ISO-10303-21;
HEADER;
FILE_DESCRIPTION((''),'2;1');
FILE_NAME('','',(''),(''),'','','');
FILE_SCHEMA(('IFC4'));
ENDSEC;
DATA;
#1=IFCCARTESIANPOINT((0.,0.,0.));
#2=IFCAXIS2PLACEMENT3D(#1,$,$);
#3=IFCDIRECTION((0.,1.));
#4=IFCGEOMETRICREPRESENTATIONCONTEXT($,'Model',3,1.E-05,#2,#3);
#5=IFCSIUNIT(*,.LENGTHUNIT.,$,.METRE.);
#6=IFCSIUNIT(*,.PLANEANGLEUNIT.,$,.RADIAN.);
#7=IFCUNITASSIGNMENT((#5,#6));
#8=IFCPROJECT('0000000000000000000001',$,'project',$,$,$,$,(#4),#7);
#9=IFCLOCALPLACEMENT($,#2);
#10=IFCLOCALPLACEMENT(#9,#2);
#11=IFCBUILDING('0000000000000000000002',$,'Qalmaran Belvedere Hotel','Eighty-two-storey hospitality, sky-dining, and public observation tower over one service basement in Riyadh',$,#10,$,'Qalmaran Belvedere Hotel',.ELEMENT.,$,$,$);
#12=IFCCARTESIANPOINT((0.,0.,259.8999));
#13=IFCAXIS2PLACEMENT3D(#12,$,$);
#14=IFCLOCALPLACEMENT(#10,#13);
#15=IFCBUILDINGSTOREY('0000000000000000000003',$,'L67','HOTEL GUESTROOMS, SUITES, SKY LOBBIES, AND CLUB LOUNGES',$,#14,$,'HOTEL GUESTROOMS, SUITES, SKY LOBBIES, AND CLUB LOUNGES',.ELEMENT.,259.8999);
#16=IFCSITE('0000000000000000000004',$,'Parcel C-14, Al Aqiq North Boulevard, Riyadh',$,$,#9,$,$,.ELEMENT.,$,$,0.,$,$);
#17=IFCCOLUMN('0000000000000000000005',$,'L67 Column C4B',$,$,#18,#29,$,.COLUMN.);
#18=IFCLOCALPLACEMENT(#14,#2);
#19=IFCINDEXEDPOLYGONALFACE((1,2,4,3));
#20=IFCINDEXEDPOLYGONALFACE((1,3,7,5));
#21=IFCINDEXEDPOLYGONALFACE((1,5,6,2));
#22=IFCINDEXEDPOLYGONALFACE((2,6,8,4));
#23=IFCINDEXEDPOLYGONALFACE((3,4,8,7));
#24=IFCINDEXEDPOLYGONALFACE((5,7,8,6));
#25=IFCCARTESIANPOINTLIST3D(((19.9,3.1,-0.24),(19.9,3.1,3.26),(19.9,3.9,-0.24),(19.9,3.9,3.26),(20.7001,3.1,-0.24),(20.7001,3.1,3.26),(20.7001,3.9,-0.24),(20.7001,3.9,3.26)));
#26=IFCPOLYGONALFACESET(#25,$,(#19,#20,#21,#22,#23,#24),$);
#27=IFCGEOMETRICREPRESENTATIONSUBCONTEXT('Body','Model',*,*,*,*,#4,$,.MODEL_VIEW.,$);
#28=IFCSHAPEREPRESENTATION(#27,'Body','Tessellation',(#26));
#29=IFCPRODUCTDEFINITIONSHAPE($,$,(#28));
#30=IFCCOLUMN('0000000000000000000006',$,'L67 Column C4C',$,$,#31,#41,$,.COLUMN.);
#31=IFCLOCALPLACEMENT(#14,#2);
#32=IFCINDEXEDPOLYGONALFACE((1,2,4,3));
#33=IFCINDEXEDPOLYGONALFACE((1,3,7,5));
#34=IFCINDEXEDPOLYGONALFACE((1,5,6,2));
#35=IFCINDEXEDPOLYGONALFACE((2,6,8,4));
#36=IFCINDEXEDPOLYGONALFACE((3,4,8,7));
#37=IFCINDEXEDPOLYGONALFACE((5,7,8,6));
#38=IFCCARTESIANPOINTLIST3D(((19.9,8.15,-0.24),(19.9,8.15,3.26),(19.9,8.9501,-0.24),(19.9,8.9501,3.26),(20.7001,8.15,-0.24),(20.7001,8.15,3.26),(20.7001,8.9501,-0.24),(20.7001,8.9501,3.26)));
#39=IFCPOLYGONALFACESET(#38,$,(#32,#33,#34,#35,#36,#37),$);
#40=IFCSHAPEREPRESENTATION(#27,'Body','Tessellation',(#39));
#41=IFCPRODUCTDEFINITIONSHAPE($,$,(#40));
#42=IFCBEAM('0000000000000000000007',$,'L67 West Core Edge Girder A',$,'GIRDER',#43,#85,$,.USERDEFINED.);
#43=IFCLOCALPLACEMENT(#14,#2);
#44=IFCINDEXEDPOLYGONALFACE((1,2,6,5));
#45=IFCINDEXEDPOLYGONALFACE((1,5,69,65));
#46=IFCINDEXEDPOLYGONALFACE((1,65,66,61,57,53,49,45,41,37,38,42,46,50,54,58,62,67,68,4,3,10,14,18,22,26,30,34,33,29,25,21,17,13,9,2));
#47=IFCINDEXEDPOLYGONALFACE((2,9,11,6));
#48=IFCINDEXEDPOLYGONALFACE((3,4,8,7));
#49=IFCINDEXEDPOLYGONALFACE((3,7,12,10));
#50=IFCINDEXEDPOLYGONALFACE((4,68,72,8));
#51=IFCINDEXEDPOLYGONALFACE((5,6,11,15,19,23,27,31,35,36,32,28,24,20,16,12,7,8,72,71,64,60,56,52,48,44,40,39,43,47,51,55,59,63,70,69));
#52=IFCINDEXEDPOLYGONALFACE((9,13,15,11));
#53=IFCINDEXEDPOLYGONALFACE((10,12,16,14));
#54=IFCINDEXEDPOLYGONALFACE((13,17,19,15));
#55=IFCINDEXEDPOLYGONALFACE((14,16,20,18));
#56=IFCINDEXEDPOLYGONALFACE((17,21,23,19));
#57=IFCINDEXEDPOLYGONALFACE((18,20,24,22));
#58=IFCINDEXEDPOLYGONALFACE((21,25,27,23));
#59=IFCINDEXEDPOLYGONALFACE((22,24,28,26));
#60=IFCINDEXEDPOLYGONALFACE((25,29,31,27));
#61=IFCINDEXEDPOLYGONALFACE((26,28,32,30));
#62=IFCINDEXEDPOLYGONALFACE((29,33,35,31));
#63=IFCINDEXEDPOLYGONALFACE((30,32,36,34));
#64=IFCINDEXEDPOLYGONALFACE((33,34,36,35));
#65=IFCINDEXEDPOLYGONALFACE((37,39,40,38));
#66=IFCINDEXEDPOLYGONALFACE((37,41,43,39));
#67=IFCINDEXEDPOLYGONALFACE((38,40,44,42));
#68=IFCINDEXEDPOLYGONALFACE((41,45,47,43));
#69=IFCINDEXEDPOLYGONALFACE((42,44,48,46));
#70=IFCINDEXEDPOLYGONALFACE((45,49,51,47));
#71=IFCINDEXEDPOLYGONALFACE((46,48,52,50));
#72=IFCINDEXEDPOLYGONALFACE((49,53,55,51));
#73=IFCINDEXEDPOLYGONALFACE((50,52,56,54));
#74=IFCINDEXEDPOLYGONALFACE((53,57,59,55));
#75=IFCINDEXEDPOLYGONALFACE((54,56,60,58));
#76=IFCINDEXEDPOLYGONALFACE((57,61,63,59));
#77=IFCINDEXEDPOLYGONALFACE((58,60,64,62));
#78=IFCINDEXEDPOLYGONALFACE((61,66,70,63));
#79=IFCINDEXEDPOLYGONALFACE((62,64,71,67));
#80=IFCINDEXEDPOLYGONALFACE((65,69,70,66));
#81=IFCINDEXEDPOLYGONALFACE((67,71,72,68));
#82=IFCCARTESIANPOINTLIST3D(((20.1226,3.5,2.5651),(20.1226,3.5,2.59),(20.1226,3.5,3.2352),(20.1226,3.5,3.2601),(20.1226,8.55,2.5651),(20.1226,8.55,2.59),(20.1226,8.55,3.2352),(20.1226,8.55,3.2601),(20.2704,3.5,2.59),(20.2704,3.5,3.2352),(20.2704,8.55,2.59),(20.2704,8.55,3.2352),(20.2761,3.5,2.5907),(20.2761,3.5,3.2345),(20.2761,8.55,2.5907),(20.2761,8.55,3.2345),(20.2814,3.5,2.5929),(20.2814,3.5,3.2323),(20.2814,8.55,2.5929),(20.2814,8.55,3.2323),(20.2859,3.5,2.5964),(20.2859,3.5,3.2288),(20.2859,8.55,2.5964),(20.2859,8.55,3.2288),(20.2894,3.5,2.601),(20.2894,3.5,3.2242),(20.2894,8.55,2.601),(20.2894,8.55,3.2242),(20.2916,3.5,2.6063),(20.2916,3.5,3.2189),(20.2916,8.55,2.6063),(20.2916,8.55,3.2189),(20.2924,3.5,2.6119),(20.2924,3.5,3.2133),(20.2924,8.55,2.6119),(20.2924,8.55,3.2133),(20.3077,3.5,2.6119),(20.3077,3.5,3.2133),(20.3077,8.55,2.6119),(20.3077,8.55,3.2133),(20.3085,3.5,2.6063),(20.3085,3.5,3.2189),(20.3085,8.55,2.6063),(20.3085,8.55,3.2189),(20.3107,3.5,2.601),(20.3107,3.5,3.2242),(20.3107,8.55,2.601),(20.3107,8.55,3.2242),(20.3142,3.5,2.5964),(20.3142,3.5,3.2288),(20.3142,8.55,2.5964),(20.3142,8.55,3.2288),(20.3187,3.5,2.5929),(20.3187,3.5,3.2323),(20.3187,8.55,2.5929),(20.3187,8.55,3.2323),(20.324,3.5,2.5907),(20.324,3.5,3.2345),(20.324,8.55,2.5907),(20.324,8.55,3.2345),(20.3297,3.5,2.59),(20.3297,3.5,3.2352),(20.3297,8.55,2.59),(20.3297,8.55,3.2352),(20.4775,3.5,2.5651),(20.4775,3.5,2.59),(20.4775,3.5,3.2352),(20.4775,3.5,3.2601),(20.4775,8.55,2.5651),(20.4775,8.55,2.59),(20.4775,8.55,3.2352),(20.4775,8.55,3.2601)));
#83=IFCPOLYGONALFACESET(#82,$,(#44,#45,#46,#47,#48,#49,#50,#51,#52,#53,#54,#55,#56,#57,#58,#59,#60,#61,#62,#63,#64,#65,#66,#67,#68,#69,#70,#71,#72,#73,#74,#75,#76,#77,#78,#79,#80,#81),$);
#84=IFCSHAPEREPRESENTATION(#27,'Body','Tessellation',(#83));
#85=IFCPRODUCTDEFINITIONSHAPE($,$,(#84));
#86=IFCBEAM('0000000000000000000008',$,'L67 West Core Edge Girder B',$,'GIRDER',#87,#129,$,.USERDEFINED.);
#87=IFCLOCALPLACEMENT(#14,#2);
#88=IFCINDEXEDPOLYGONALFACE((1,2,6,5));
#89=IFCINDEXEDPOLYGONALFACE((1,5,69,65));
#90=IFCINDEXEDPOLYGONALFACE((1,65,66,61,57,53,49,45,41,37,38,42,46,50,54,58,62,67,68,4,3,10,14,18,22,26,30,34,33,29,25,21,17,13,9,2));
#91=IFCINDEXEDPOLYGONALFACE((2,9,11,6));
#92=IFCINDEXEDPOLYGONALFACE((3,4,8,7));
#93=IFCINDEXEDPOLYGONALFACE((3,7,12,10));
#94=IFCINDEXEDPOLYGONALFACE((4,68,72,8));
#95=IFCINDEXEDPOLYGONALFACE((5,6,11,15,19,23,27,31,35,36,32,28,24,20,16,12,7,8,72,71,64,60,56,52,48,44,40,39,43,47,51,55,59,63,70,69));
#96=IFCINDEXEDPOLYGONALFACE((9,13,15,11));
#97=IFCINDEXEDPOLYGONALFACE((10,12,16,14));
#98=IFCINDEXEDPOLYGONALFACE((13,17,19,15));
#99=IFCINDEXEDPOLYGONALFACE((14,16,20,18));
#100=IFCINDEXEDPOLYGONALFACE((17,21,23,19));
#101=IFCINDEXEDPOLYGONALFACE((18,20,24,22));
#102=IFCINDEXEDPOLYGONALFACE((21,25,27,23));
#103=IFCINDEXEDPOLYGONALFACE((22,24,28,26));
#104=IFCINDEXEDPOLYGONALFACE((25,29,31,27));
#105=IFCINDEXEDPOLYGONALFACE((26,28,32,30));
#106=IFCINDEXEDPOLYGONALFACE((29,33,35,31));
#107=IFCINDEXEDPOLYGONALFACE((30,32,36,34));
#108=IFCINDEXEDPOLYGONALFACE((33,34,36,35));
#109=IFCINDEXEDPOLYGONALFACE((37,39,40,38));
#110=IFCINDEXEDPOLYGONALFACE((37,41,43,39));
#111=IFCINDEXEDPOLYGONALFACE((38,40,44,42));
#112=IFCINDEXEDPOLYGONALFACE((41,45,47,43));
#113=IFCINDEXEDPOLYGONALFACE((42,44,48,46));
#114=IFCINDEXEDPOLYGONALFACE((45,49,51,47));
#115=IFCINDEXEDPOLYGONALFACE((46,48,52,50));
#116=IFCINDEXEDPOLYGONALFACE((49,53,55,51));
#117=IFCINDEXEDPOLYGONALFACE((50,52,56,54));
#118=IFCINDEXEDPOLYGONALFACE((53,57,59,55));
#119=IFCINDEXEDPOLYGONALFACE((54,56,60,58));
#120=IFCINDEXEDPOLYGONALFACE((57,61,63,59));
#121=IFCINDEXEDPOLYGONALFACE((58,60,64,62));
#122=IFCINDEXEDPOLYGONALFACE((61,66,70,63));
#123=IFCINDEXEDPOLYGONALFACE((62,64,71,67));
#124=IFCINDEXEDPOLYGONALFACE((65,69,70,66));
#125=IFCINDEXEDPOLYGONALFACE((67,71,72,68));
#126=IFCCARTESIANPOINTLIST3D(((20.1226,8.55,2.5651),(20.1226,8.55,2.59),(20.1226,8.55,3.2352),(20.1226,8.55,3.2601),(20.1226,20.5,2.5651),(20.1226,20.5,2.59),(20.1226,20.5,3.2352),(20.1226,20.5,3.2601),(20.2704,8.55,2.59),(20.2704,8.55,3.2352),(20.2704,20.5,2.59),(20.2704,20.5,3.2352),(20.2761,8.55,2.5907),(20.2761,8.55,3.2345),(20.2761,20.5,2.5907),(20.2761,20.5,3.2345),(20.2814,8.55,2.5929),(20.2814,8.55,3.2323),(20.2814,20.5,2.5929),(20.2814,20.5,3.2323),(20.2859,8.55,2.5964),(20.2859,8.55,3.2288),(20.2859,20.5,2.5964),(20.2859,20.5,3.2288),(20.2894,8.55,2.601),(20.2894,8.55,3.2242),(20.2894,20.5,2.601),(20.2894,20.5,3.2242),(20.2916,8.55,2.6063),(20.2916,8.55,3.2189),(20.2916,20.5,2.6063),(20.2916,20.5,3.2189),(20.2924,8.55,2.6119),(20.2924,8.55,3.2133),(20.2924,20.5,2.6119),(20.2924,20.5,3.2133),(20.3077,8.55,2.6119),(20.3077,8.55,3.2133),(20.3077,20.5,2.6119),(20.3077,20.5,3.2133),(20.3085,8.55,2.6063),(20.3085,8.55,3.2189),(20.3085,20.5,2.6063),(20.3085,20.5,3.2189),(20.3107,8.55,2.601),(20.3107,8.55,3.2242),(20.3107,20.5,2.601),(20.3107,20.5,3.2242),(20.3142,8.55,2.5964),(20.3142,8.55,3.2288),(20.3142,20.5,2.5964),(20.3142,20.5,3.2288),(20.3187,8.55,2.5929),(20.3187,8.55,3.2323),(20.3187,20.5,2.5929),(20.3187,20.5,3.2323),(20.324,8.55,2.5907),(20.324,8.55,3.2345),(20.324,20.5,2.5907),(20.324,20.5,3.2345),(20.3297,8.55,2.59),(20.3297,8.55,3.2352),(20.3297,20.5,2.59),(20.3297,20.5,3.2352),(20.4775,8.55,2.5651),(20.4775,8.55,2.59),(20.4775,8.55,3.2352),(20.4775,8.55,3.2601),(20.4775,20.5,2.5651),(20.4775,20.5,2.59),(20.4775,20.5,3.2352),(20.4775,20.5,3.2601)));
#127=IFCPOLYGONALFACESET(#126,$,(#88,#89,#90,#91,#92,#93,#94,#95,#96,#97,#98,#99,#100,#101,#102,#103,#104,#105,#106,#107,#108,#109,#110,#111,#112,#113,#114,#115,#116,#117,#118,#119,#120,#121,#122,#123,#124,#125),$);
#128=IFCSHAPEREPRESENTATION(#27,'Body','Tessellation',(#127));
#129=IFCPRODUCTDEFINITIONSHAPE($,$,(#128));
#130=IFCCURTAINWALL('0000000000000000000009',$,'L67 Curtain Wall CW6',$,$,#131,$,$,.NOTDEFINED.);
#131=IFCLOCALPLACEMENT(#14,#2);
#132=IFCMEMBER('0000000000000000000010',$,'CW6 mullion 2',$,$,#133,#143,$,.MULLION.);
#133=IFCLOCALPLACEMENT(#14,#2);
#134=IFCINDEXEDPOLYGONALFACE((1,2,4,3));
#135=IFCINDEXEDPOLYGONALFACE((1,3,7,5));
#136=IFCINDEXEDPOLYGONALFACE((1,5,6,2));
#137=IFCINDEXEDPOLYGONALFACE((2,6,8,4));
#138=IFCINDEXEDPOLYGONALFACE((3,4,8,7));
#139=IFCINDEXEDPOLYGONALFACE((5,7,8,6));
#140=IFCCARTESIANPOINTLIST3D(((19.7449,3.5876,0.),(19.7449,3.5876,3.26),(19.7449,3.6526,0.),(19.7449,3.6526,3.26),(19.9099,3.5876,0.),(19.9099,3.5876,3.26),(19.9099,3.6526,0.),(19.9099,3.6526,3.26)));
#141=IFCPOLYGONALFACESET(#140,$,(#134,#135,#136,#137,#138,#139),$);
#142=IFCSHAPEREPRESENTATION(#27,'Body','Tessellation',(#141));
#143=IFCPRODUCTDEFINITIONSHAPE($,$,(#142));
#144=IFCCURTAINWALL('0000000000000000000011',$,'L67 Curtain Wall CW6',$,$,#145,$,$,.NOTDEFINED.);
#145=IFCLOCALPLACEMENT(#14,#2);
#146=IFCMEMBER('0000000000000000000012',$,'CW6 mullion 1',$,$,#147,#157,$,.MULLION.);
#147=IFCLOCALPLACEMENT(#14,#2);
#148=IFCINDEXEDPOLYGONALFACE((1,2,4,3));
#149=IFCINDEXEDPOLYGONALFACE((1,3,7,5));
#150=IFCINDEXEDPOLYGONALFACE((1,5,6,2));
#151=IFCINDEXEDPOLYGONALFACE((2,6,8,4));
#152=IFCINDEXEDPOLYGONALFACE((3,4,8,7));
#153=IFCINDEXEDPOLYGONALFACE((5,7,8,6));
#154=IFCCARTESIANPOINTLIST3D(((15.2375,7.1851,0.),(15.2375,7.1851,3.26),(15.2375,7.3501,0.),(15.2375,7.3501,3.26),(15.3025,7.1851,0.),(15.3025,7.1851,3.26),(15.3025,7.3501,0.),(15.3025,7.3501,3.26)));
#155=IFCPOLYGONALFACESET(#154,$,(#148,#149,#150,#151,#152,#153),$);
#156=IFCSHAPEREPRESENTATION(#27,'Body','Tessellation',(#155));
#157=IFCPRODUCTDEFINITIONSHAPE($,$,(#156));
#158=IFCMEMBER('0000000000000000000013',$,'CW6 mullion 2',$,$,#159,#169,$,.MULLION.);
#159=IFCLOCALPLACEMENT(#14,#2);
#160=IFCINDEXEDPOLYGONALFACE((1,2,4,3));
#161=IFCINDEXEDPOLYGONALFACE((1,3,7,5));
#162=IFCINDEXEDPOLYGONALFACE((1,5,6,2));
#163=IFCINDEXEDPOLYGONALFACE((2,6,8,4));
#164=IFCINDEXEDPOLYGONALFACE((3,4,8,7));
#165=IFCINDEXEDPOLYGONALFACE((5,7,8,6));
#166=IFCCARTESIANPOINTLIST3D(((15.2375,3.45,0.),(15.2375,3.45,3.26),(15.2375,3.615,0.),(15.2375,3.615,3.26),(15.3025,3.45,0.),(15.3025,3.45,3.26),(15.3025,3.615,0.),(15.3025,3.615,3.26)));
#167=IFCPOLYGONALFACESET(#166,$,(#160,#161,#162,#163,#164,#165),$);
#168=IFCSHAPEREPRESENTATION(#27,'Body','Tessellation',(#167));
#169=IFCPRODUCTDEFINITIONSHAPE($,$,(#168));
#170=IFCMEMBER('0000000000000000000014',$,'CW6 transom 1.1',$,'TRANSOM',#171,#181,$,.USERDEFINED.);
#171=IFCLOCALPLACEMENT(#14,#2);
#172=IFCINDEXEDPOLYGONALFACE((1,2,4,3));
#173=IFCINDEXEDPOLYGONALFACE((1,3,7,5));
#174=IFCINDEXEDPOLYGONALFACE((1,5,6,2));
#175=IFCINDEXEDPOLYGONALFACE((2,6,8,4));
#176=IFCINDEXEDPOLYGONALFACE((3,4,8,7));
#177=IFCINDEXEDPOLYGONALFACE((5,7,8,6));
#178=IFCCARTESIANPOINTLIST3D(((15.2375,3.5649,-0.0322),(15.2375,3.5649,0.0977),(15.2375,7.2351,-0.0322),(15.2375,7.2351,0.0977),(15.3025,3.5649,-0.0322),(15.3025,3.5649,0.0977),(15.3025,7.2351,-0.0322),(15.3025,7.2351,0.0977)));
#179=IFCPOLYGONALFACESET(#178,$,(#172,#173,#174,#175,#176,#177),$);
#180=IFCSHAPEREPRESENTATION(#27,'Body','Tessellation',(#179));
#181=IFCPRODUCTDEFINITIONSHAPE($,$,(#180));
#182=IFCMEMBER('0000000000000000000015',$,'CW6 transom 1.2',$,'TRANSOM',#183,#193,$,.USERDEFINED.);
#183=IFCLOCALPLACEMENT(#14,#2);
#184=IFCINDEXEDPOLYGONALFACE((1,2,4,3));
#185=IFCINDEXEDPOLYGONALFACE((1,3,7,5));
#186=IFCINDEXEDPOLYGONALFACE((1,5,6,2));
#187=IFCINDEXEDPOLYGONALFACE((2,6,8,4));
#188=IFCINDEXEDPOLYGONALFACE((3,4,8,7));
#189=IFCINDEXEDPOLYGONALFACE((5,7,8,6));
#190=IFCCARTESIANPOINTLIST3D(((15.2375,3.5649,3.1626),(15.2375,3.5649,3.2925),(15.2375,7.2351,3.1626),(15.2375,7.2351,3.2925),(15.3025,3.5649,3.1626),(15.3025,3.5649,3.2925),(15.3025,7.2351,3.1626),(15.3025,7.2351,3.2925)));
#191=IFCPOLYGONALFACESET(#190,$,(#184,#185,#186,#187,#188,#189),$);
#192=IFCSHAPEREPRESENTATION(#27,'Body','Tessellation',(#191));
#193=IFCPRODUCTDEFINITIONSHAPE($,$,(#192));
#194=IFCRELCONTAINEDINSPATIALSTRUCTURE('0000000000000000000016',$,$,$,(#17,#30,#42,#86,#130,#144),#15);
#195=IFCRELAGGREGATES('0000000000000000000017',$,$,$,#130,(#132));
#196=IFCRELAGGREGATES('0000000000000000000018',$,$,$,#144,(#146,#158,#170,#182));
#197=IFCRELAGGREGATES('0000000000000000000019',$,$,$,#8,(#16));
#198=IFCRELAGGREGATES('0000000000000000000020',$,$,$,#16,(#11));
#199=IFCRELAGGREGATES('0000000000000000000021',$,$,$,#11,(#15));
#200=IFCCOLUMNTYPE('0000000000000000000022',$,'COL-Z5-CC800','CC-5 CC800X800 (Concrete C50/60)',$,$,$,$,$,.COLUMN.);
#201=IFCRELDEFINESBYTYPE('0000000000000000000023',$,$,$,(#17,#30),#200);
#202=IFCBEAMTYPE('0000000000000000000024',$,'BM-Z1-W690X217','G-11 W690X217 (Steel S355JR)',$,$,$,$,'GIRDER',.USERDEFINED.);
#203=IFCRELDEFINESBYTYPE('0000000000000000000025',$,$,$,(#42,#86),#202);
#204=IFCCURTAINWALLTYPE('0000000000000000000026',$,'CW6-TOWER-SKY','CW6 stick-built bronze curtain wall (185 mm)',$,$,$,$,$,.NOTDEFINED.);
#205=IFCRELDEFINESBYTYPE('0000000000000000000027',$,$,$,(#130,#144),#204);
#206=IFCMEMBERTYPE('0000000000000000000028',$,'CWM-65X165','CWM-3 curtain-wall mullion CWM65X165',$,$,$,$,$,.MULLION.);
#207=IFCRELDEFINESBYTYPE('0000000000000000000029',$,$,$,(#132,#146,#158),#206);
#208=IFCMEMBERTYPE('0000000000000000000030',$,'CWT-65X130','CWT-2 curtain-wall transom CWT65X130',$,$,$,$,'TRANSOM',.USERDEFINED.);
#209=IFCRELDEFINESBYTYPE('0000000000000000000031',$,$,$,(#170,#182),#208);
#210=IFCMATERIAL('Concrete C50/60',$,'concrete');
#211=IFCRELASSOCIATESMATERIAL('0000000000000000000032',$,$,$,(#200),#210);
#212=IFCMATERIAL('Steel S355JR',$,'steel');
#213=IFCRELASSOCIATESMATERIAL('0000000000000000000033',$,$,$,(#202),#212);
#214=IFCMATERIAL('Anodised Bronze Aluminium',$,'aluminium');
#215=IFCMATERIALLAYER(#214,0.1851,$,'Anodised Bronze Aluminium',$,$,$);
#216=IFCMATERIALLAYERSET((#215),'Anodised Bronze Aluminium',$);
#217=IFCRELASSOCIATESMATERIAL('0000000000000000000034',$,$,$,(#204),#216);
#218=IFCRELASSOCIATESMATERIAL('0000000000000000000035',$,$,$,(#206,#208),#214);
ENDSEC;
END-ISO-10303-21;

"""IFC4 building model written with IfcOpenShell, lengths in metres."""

from ifc_helpers import new_model, si_unit, direction, frame, origin, origin_2d, place, context, subcontext, project, spatial, rectangle, i_section, extrude, material, layer, layer_set, material_profile, profile_set, type_object, element, aggregate, save


model = new_model("IFC4")

# Units and contexts
model_context = context("Model", 3, precision=1e-05, world=origin(), true_north=direction((0.0, 1.0)))
body_context = subcontext(model_context, "Body", "Model", "MODEL_VIEW")
ifc_project = project(units=[si_unit("LENGTHUNIT", "METRE"), si_unit("PLANEANGLEUNIT", "RADIAN")], contexts=[model_context])

# Site, building, storey
site_placement = place(None, origin())
site = spatial("IfcSite", under=ifc_project, at=site_placement, Name="Parcel C-14, Al Aqiq North Boulevard, Riyadh", CompositionType="ELEMENT", RefElevation=0.0)
building_placement = place(site_placement, origin())
building = spatial("IfcBuilding", under=site, at=building_placement, Name="Qalmaran Belvedere Hotel", Description="Eighty-two-storey hospitality, sky-dining, and public observation tower over one service basement in Riyadh", LongName="Qalmaran Belvedere Hotel", CompositionType="ELEMENT")
storey_placement = place(building_placement, frame((0.0, 0.0, 259.8999)))
storey = spatial("IfcBuildingStorey", under=building, at=storey_placement, Name="L67", Description="HOTEL GUESTROOMS, SUITES, SKY LOBBIES, AND CLUB LOUNGES", LongName="HOTEL GUESTROOMS, SUITES, SKY LOBBIES, AND CLUB LOUNGES", CompositionType="ELEMENT", Elevation=259.8999)

# Columns
ifc_material_1 = material(Name="Concrete C50/60", Category="concrete")
ifc_material_profile_1 = material_profile(ifc_material_1, rectangle(XDim=0.8, YDim=0.8, at=origin_2d()), Name="CC800X800")
ifc_profile_set_1 = profile_set([ifc_material_profile_1], Name="Concrete C50/60")
column_type = type_object("IfcColumnType", Name="COL-Z5-CC800", Description="CC-5 CC800X800 (Concrete C50/60)", PredefinedType="COLUMN", material=ifc_profile_set_1)
for number, where, z_axis, x_axis, name in (
    (1, (20.3, 3.5, -0.24), (0.0, 0.0, 1.0), (1.0, 0.0, 0.0), "L67 Column C4B"),
    (2, (20.3, 8.55, -0.24), (0.0, 0.0, 1.0), (1.0, 0.0, 0.0), "L67 Column C4C"),
):
    element("IfcColumn", number, at=place(storey_placement, frame(where, z_axis=z_axis, x_axis=x_axis)), inside=storey, type_object=column_type, Name=name, PredefinedType="COLUMN", context=body_context, shape_type="SweptSolid", body=[
        extrude(rectangle(XDim=0.8, YDim=0.8, at=origin_2d()), origin(), (0.0, 0.0, 1.0), 3.5),
    ])

# Beams
ifc_material_2 = material(Name="Steel S355JR", Category="steel")
ifc_material_profile_2 = material_profile(ifc_material_2, i_section(OverallWidth=0.355, OverallDepth=0.6951, WebThickness=0.0154, FlangeThickness=0.0249, FilletRadius=0.022, at=origin_2d()), Name="W690X217")
ifc_profile_set_2 = profile_set([ifc_material_profile_2], Name="Steel S355JR")
beam_type = type_object("IfcBeamType", Name="BM-Z1-W690X217", Description="G-11 W690X217 (Steel S355JR)", ElementType="GIRDER", PredefinedType="USERDEFINED", material=ifc_profile_set_2)
beam_1_placement = place(storey_placement, frame((20.3, 3.5, 2.9126), z_axis=(0.0, 1.0, 0.0), x_axis=(-1.0, 0.0, 0.0)))
element("IfcBeam", 3, at=beam_1_placement, inside=storey, type_object=beam_type, Name="L67 West Core Edge Girder A", ObjectType="GIRDER", PredefinedType="USERDEFINED", context=body_context, shape_type="SweptSolid", body=[
    extrude(i_section(OverallWidth=0.355, OverallDepth=0.6951, WebThickness=0.0154, FlangeThickness=0.0249, FilletRadius=0.022, at=origin_2d()), origin(), (0.0, 0.0, 1.0), 5.05),
])
beam_2_placement = place(storey_placement, frame((20.3, 8.55, 2.9126), z_axis=(0.0, 1.0, 0.0), x_axis=(-1.0, 0.0, 0.0)))
element("IfcBeam", 4, at=beam_2_placement, inside=storey, type_object=beam_type, Name="L67 West Core Edge Girder B", ObjectType="GIRDER", PredefinedType="USERDEFINED", context=body_context, shape_type="SweptSolid", body=[
    extrude(i_section(OverallWidth=0.355, OverallDepth=0.6951, WebThickness=0.0154, FlangeThickness=0.0249, FilletRadius=0.022, at=origin_2d()), origin(), (0.0, 0.0, 1.0), 11.95),
])

# Curtain wall, member
ifc_material_3 = material(Name="Anodised Bronze Aluminium", Category="aluminium")
ifc_layer_1 = layer(ifc_material_3, 0.1851, Name="Anodised Bronze Aluminium")
ifc_layer_set_1 = layer_set([ifc_layer_1], Name="Anodised Bronze Aluminium")
curtain_wall_type = type_object("IfcCurtainWallType", Name="CW6-TOWER-SKY", Description="CW6 stick-built bronze curtain wall (185 mm)", PredefinedType="NOTDEFINED", material=ifc_layer_set_1)
curtain_wall_1_placement = place(storey_placement, origin())
curtain_wall_1 = element("IfcCurtainWall", 5, at=curtain_wall_1_placement, inside=storey, type_object=curtain_wall_type, Name="L67 Curtain Wall CW6", PredefinedType="NOTDEFINED")
ifc_material_profile_3 = material_profile(ifc_material_3, rectangle(XDim=0.0649, YDim=0.165, at=origin_2d()), Name="CWM65X165")
ifc_profile_set_3 = profile_set([ifc_material_profile_3], Name="Anodised Bronze Aluminium")
member_type_1 = type_object("IfcMemberType", Name="CWM-65X165", Description="CWM-3 curtain-wall mullion CWM65X165", PredefinedType="MULLION", material=ifc_profile_set_3)
member_1_placement = place(storey_placement, frame((19.8274, 3.6201, 0.0), z_axis=(0.0, 0.0, 1.0), x_axis=(0.0, 1.0, 0.0)))
member_1 = element("IfcMember", 6, at=member_1_placement, type_object=member_type_1, Name="CW6 mullion 2", PredefinedType="MULLION", context=body_context, shape_type="SweptSolid", body=[
    extrude(rectangle(XDim=0.0649, YDim=0.165, at=origin_2d()), origin(), (0.0, 0.0, 1.0), 3.26),
])

# Curtain wall, members
curtain_wall_2_placement = place(storey_placement, origin())
curtain_wall_2 = element("IfcCurtainWall", 7, at=curtain_wall_2_placement, inside=storey, type_object=curtain_wall_type, Name="L67 Curtain Wall CW6", PredefinedType="NOTDEFINED")
member_2_placement = place(storey_placement, frame((15.27, 7.2676, 0.0), z_axis=(0.0, 0.0, 1.0), x_axis=(1.0, 0.0, 0.0)))
member_2 = element("IfcMember", 8, at=member_2_placement, type_object=member_type_1, Name="CW6 mullion 1", PredefinedType="MULLION", context=body_context, shape_type="SweptSolid", body=[
    extrude(rectangle(XDim=0.0649, YDim=0.165, at=origin_2d()), origin(), (0.0, 0.0, 1.0), 3.26),
])
member_3_placement = place(storey_placement, frame((15.27, 3.5325, 0.0), z_axis=(0.0, 0.0, 1.0), x_axis=(1.0, 0.0, 0.0)))
member_3 = element("IfcMember", 9, at=member_3_placement, type_object=member_type_1, Name="CW6 mullion 2", PredefinedType="MULLION", context=body_context, shape_type="SweptSolid", body=[
    extrude(rectangle(XDim=0.0649, YDim=0.165, at=origin_2d()), origin(), (0.0, 0.0, 1.0), 3.26),
])
ifc_material_profile_4 = material_profile(ifc_material_3, rectangle(XDim=0.0649, YDim=0.1299, at=origin_2d()), Name="CWT65X130")
ifc_profile_set_4 = profile_set([ifc_material_profile_4], Name="Anodised Bronze Aluminium")
member_type_2 = type_object("IfcMemberType", Name="CWT-65X130", Description="CWT-2 curtain-wall transom CWT65X130", ElementType="TRANSOM", PredefinedType="USERDEFINED", material=ifc_profile_set_4)
member_4_placement = place(storey_placement, frame((15.27, 7.2351, 0.0327), z_axis=(0.0, -1.0, 0.0), x_axis=(1.0, 0.0, 0.0)))
member_4 = element("IfcMember", 10, at=member_4_placement, type_object=member_type_2, Name="CW6 transom 1.1", ObjectType="TRANSOM", PredefinedType="USERDEFINED", context=body_context, shape_type="SweptSolid", body=[
    extrude(rectangle(XDim=0.0649, YDim=0.1299, at=origin_2d()), origin(), (0.0, 0.0, 1.0), 3.6702),
])
member_5_placement = place(storey_placement, frame((15.27, 7.2351, 3.2275), z_axis=(0.0, -1.0, 0.0), x_axis=(1.0, 0.0, 0.0)))
member_5 = element("IfcMember", 11, at=member_5_placement, type_object=member_type_2, Name="CW6 transom 1.2", ObjectType="TRANSOM", PredefinedType="USERDEFINED", context=body_context, shape_type="SweptSolid", body=[
    extrude(rectangle(XDim=0.0649, YDim=0.1299, at=origin_2d()), origin(), (0.0, 0.0, 1.0), 3.6702),
])

aggregate(curtain_wall_1, [member_1])
aggregate(curtain_wall_2, [member_2, member_3, member_4, member_5])

save(model, "model.ifc")
